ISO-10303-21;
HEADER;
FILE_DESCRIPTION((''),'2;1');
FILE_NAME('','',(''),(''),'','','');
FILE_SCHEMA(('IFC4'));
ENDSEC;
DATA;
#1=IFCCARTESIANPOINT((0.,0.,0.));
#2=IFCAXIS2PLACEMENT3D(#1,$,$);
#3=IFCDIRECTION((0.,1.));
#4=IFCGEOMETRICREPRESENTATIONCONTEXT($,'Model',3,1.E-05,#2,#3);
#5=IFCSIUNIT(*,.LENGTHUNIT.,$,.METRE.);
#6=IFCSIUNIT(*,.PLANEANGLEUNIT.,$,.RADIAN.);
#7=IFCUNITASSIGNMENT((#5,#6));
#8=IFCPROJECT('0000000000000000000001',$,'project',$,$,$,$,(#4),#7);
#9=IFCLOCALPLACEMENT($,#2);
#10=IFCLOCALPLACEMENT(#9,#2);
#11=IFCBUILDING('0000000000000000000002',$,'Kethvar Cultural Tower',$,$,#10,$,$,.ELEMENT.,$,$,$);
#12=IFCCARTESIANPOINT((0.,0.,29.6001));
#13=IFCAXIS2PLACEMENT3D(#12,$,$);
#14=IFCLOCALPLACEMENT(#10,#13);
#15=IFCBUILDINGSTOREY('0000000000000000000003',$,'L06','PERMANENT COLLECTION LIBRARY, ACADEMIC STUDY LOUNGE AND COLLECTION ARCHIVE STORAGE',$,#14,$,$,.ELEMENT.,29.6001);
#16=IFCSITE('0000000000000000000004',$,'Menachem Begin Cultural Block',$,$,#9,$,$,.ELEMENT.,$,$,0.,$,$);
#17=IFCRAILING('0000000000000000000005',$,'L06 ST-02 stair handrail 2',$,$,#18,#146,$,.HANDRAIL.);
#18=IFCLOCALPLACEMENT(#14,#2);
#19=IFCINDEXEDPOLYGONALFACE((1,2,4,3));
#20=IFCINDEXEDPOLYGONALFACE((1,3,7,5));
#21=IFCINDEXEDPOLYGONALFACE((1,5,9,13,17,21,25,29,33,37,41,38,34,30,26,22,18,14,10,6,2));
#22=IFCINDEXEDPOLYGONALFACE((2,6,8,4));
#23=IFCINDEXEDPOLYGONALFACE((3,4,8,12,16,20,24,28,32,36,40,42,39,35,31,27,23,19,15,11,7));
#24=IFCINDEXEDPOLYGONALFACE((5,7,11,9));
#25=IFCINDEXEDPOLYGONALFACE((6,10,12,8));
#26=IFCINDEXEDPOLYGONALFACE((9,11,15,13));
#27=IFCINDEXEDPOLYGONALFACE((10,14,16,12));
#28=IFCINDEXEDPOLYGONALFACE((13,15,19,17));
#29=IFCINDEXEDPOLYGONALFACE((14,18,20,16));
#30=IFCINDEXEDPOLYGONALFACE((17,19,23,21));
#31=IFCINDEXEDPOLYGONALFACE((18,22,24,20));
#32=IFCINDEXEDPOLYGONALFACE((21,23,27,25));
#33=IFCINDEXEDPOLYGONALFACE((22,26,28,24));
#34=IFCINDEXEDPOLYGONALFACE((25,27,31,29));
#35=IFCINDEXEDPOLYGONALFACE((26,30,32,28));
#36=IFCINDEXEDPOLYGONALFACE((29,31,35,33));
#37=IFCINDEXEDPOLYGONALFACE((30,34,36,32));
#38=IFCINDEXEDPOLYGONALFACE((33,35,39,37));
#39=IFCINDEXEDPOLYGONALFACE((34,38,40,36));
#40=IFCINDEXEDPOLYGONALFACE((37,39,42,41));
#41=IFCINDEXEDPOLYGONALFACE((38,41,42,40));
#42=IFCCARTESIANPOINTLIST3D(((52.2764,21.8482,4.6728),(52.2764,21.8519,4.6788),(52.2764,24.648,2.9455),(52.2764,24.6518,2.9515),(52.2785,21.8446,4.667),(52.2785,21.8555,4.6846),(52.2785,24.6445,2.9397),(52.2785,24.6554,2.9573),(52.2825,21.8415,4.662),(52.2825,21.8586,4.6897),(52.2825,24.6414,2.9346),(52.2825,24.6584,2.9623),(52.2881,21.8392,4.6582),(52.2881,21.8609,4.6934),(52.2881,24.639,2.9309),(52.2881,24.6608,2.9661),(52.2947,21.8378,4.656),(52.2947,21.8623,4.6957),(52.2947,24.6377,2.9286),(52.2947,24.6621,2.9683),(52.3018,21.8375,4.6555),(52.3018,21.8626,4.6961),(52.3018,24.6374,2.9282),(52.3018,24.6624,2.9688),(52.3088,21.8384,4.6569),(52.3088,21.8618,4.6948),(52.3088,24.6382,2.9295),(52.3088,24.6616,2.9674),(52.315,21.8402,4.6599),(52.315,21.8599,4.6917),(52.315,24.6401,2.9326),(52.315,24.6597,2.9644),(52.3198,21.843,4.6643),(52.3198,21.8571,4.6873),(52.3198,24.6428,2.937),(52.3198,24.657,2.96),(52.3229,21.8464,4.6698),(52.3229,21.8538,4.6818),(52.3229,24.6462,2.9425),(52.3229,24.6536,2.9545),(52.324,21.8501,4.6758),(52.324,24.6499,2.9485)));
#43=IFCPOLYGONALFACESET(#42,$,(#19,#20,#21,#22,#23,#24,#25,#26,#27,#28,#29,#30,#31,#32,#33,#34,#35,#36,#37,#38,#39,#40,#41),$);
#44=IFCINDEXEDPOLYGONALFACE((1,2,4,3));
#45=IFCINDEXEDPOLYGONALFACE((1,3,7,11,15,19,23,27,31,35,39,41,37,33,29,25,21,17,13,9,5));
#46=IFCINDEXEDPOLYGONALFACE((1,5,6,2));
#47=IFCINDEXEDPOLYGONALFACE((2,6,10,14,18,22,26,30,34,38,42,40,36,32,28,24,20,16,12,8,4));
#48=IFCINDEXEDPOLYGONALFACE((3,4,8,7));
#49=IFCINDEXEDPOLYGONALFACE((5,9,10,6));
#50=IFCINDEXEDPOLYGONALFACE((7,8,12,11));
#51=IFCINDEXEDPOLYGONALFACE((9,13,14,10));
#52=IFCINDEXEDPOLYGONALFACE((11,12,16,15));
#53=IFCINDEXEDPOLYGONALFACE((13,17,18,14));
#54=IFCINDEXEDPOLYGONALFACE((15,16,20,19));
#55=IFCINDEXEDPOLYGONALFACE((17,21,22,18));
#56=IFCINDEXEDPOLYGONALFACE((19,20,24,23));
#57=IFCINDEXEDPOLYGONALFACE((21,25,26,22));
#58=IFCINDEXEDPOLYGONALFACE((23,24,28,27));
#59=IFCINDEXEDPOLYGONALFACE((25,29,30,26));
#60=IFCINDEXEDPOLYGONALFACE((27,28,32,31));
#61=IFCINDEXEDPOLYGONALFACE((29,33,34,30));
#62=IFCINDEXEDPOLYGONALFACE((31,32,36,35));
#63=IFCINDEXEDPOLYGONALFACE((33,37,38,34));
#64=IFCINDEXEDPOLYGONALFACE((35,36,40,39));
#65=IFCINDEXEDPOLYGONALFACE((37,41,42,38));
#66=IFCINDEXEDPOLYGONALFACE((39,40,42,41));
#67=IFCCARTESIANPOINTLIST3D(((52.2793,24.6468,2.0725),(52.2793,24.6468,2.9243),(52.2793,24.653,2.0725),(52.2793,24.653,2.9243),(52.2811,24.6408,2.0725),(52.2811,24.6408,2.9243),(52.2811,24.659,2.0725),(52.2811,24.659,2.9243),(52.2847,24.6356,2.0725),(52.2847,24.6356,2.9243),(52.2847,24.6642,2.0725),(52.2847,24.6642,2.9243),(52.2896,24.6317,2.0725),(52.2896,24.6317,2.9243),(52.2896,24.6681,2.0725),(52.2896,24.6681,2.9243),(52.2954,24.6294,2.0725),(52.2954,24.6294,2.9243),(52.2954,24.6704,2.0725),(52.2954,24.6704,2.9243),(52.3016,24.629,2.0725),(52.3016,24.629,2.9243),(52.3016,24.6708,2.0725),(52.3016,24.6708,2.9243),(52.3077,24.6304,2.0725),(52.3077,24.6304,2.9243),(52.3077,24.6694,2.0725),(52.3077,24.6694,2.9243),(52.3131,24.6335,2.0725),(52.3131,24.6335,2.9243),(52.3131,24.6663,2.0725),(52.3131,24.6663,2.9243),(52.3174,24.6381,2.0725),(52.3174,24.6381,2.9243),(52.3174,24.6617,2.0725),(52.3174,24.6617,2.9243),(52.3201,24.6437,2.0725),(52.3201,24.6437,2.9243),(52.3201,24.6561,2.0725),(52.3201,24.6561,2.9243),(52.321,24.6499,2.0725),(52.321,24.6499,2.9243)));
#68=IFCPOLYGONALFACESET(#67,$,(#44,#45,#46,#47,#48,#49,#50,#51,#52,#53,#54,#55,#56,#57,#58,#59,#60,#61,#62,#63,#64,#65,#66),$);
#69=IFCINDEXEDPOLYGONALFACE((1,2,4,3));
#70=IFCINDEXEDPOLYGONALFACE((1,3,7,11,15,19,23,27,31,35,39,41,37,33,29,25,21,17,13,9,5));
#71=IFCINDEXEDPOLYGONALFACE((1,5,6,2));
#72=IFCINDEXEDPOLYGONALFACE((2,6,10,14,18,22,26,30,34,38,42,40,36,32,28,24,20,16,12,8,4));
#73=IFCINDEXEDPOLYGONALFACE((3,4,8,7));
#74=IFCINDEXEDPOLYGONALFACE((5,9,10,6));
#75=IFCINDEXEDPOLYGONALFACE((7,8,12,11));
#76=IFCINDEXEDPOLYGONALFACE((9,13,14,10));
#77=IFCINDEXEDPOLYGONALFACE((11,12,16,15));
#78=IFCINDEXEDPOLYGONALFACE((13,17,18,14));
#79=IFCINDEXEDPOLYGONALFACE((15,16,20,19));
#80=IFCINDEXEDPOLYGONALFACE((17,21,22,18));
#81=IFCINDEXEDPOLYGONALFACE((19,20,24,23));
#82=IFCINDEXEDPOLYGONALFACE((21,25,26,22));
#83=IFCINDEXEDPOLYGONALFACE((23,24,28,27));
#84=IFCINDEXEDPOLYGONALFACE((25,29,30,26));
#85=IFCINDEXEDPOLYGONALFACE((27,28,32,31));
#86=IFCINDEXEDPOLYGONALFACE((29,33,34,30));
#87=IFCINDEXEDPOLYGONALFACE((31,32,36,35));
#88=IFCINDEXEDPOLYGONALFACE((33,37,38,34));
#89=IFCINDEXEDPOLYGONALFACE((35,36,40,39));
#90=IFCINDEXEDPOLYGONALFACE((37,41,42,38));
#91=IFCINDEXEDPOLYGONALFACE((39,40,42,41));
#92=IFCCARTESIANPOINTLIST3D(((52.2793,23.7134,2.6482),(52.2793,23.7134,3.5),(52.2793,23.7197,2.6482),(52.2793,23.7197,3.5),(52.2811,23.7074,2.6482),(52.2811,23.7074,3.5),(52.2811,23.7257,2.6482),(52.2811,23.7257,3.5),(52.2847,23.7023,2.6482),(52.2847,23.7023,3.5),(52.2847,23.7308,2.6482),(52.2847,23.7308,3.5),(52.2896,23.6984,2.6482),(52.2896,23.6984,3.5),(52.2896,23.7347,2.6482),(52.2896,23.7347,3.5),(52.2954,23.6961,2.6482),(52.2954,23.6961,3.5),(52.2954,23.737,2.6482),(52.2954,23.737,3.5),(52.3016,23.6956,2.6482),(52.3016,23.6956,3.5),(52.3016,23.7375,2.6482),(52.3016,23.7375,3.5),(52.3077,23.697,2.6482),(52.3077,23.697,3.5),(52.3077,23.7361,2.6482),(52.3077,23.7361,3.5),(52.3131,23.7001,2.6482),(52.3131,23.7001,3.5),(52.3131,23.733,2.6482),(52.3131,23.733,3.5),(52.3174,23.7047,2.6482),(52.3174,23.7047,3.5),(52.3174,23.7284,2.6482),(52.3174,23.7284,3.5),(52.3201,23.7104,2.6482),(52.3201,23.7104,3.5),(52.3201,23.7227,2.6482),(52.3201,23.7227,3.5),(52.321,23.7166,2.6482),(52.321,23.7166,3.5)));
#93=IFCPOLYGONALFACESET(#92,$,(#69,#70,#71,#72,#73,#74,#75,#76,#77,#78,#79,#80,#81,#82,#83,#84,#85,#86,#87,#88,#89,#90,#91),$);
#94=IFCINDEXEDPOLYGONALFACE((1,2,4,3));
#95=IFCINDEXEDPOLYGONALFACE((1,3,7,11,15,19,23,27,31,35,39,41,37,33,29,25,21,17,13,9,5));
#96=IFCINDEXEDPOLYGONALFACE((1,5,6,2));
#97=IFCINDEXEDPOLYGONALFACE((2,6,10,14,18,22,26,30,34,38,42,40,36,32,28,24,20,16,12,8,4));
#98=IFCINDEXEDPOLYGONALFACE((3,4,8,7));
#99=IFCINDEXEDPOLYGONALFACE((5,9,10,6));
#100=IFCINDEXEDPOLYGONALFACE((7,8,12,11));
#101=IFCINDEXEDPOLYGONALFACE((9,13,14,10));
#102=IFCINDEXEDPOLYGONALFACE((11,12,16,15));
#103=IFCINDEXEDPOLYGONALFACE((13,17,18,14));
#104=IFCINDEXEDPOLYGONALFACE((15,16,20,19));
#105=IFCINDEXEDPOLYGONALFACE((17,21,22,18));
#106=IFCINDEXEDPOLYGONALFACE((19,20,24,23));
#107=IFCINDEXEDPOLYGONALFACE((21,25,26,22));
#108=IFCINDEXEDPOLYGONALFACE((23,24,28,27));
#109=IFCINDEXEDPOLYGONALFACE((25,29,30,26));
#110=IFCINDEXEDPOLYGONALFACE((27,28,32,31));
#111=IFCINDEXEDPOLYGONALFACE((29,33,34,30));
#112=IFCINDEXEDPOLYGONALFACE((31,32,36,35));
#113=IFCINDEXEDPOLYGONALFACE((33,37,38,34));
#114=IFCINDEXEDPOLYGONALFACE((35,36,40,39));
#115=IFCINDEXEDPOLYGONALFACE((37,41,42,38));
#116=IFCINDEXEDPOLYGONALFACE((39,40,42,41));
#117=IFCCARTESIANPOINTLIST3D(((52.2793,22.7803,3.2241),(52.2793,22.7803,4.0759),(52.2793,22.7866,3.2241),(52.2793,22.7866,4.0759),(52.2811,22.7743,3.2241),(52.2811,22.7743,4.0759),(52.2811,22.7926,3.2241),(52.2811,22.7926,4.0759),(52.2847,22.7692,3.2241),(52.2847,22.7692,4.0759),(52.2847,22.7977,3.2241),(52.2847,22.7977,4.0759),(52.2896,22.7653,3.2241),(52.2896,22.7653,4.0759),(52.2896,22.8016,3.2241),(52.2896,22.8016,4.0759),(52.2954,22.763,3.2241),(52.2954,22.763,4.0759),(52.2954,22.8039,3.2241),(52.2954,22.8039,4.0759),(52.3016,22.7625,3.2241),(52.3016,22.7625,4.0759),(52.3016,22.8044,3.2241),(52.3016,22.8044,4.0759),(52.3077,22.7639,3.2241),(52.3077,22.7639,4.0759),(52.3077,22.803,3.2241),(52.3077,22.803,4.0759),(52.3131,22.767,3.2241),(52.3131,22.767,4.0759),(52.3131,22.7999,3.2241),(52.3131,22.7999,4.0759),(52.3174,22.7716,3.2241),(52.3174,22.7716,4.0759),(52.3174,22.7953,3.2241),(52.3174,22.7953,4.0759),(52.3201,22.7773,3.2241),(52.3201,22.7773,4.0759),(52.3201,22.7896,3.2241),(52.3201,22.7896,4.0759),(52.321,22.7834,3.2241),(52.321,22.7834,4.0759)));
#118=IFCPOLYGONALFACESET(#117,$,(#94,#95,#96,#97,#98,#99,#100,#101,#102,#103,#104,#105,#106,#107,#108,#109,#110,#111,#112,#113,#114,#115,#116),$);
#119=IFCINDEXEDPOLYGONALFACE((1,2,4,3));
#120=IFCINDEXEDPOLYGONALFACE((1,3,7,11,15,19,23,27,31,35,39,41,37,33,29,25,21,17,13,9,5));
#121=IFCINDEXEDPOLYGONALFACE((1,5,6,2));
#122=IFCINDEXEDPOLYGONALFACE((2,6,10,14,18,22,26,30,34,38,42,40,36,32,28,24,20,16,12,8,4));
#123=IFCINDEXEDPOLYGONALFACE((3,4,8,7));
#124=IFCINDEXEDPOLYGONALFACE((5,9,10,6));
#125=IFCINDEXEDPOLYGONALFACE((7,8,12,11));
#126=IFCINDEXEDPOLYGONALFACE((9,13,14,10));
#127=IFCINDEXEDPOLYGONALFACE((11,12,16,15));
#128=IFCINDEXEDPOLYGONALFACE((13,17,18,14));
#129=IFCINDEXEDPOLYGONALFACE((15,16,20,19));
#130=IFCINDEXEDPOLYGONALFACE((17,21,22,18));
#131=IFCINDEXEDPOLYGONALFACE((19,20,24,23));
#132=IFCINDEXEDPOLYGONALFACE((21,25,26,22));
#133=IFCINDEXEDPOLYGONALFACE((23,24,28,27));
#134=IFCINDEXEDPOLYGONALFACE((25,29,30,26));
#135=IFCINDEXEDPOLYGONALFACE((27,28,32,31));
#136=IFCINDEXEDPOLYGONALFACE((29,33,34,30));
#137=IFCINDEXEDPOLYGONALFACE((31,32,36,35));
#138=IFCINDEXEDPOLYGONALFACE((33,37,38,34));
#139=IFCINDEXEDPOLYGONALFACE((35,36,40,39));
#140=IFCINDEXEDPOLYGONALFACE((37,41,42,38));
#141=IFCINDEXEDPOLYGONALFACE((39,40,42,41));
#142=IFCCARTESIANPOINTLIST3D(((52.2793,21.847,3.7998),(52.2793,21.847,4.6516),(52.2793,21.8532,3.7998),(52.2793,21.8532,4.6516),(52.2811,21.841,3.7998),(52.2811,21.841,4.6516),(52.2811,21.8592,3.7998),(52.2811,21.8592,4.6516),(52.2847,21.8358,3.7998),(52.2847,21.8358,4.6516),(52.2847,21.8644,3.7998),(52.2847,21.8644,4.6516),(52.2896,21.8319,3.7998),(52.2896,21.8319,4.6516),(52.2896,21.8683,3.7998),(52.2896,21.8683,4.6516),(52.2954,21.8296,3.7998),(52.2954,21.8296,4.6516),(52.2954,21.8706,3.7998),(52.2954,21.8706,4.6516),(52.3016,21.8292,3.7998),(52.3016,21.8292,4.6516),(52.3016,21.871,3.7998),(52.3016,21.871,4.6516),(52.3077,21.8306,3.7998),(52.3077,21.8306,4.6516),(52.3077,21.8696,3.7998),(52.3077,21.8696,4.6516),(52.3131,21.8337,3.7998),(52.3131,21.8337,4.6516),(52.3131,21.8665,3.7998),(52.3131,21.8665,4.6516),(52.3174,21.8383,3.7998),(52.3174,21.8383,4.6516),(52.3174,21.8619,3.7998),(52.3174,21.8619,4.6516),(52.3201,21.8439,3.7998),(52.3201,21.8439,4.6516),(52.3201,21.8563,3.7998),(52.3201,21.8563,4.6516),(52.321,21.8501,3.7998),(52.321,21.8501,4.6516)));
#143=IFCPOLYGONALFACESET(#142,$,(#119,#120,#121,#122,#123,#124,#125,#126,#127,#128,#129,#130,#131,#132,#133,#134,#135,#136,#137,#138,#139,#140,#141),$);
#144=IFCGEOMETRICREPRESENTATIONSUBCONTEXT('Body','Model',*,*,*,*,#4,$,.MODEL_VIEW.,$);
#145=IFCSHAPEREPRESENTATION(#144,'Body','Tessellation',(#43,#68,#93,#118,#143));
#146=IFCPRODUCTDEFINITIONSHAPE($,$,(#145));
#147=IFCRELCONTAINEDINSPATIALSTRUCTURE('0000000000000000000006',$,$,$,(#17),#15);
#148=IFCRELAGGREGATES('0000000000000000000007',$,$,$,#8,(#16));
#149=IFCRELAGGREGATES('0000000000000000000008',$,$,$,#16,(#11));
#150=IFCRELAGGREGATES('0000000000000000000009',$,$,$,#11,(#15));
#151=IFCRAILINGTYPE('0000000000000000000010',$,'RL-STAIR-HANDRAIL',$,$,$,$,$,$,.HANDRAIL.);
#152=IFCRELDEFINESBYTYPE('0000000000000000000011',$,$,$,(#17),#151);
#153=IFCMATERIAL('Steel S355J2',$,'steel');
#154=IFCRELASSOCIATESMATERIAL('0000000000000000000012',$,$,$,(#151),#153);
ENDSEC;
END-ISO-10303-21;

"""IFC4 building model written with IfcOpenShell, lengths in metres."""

from ifc_helpers import new_model, si_unit, direction, frame, origin, origin_2d, place, context, subcontext, project, spatial, circle, extrude, material, type_object, element, save


model = new_model("IFC4")

# Units and contexts
model_context = context("Model", 3, precision=1e-05, world=origin(), true_north=direction((0.0, 1.0)))
body_context = subcontext(model_context, "Body", "Model", "MODEL_VIEW")
ifc_project = project(units=[si_unit("LENGTHUNIT", "METRE"), si_unit("PLANEANGLEUNIT", "RADIAN")], contexts=[model_context])

# Site, building, storey
site_placement = place(None, origin())
site = spatial("IfcSite", under=ifc_project, at=site_placement, Name="Menachem Begin Cultural Block", CompositionType="ELEMENT", RefElevation=0.0)
building_placement = place(site_placement, origin())
building = spatial("IfcBuilding", under=site, at=building_placement, Name="Kethvar Cultural Tower", CompositionType="ELEMENT")
storey_placement = place(building_placement, frame((0.0, 0.0, 29.6001)))
storey = spatial("IfcBuildingStorey", under=building, at=storey_placement, Name="L06", Description="PERMANENT COLLECTION LIBRARY, ACADEMIC STUDY LOUNGE AND COLLECTION ARCHIVE STORAGE", CompositionType="ELEMENT", Elevation=29.6001)

# Shared definitions
ifc_material_1 = material(Name="Steel S355J2", Category="steel")

# Railing
railing_type_1 = type_object("IfcRailingType", Name="RL-STAIR-HANDRAIL", PredefinedType="HANDRAIL", material=ifc_material_1)
railing_1_placement = place(storey_placement, frame((52.3, 24.6499, 2.0725)))
element("IfcRailing", 1, at=railing_1_placement, inside=storey, type_object=railing_type_1, Name="L06 ST-02 stair handrail 2", PredefinedType="HANDRAIL", context=body_context, shape_type="SweptSolid", body=[
    extrude(circle(Radius=0.0239, at=origin_2d()), frame((0.0, 0.0, 0.876), z_axis=(0.0, -0.851069, 0.525054), x_axis=(1.0, 0.0, 0.0)), (0.0, 0.0, 1.0), 3.2898),
    extrude(circle(Radius=0.021, at=origin_2d()), origin(), (0.0, 0.0, 1.0), 0.8518),
    extrude(circle(Radius=0.021, at=origin_2d()), frame((0.0, -0.9333, 0.5757)), (0.0, 0.0, 1.0), 0.8518),
    extrude(circle(Radius=0.021, at=origin_2d()), frame((0.0, -1.8665, 1.1516)), (0.0, 0.0, 1.0), 0.8518),
    extrude(circle(Radius=0.021, at=origin_2d()), frame((0.0, -2.7998, 1.7273)), (0.0, 0.0, 1.0), 0.8518),
])

save(model, "model.ifc")
